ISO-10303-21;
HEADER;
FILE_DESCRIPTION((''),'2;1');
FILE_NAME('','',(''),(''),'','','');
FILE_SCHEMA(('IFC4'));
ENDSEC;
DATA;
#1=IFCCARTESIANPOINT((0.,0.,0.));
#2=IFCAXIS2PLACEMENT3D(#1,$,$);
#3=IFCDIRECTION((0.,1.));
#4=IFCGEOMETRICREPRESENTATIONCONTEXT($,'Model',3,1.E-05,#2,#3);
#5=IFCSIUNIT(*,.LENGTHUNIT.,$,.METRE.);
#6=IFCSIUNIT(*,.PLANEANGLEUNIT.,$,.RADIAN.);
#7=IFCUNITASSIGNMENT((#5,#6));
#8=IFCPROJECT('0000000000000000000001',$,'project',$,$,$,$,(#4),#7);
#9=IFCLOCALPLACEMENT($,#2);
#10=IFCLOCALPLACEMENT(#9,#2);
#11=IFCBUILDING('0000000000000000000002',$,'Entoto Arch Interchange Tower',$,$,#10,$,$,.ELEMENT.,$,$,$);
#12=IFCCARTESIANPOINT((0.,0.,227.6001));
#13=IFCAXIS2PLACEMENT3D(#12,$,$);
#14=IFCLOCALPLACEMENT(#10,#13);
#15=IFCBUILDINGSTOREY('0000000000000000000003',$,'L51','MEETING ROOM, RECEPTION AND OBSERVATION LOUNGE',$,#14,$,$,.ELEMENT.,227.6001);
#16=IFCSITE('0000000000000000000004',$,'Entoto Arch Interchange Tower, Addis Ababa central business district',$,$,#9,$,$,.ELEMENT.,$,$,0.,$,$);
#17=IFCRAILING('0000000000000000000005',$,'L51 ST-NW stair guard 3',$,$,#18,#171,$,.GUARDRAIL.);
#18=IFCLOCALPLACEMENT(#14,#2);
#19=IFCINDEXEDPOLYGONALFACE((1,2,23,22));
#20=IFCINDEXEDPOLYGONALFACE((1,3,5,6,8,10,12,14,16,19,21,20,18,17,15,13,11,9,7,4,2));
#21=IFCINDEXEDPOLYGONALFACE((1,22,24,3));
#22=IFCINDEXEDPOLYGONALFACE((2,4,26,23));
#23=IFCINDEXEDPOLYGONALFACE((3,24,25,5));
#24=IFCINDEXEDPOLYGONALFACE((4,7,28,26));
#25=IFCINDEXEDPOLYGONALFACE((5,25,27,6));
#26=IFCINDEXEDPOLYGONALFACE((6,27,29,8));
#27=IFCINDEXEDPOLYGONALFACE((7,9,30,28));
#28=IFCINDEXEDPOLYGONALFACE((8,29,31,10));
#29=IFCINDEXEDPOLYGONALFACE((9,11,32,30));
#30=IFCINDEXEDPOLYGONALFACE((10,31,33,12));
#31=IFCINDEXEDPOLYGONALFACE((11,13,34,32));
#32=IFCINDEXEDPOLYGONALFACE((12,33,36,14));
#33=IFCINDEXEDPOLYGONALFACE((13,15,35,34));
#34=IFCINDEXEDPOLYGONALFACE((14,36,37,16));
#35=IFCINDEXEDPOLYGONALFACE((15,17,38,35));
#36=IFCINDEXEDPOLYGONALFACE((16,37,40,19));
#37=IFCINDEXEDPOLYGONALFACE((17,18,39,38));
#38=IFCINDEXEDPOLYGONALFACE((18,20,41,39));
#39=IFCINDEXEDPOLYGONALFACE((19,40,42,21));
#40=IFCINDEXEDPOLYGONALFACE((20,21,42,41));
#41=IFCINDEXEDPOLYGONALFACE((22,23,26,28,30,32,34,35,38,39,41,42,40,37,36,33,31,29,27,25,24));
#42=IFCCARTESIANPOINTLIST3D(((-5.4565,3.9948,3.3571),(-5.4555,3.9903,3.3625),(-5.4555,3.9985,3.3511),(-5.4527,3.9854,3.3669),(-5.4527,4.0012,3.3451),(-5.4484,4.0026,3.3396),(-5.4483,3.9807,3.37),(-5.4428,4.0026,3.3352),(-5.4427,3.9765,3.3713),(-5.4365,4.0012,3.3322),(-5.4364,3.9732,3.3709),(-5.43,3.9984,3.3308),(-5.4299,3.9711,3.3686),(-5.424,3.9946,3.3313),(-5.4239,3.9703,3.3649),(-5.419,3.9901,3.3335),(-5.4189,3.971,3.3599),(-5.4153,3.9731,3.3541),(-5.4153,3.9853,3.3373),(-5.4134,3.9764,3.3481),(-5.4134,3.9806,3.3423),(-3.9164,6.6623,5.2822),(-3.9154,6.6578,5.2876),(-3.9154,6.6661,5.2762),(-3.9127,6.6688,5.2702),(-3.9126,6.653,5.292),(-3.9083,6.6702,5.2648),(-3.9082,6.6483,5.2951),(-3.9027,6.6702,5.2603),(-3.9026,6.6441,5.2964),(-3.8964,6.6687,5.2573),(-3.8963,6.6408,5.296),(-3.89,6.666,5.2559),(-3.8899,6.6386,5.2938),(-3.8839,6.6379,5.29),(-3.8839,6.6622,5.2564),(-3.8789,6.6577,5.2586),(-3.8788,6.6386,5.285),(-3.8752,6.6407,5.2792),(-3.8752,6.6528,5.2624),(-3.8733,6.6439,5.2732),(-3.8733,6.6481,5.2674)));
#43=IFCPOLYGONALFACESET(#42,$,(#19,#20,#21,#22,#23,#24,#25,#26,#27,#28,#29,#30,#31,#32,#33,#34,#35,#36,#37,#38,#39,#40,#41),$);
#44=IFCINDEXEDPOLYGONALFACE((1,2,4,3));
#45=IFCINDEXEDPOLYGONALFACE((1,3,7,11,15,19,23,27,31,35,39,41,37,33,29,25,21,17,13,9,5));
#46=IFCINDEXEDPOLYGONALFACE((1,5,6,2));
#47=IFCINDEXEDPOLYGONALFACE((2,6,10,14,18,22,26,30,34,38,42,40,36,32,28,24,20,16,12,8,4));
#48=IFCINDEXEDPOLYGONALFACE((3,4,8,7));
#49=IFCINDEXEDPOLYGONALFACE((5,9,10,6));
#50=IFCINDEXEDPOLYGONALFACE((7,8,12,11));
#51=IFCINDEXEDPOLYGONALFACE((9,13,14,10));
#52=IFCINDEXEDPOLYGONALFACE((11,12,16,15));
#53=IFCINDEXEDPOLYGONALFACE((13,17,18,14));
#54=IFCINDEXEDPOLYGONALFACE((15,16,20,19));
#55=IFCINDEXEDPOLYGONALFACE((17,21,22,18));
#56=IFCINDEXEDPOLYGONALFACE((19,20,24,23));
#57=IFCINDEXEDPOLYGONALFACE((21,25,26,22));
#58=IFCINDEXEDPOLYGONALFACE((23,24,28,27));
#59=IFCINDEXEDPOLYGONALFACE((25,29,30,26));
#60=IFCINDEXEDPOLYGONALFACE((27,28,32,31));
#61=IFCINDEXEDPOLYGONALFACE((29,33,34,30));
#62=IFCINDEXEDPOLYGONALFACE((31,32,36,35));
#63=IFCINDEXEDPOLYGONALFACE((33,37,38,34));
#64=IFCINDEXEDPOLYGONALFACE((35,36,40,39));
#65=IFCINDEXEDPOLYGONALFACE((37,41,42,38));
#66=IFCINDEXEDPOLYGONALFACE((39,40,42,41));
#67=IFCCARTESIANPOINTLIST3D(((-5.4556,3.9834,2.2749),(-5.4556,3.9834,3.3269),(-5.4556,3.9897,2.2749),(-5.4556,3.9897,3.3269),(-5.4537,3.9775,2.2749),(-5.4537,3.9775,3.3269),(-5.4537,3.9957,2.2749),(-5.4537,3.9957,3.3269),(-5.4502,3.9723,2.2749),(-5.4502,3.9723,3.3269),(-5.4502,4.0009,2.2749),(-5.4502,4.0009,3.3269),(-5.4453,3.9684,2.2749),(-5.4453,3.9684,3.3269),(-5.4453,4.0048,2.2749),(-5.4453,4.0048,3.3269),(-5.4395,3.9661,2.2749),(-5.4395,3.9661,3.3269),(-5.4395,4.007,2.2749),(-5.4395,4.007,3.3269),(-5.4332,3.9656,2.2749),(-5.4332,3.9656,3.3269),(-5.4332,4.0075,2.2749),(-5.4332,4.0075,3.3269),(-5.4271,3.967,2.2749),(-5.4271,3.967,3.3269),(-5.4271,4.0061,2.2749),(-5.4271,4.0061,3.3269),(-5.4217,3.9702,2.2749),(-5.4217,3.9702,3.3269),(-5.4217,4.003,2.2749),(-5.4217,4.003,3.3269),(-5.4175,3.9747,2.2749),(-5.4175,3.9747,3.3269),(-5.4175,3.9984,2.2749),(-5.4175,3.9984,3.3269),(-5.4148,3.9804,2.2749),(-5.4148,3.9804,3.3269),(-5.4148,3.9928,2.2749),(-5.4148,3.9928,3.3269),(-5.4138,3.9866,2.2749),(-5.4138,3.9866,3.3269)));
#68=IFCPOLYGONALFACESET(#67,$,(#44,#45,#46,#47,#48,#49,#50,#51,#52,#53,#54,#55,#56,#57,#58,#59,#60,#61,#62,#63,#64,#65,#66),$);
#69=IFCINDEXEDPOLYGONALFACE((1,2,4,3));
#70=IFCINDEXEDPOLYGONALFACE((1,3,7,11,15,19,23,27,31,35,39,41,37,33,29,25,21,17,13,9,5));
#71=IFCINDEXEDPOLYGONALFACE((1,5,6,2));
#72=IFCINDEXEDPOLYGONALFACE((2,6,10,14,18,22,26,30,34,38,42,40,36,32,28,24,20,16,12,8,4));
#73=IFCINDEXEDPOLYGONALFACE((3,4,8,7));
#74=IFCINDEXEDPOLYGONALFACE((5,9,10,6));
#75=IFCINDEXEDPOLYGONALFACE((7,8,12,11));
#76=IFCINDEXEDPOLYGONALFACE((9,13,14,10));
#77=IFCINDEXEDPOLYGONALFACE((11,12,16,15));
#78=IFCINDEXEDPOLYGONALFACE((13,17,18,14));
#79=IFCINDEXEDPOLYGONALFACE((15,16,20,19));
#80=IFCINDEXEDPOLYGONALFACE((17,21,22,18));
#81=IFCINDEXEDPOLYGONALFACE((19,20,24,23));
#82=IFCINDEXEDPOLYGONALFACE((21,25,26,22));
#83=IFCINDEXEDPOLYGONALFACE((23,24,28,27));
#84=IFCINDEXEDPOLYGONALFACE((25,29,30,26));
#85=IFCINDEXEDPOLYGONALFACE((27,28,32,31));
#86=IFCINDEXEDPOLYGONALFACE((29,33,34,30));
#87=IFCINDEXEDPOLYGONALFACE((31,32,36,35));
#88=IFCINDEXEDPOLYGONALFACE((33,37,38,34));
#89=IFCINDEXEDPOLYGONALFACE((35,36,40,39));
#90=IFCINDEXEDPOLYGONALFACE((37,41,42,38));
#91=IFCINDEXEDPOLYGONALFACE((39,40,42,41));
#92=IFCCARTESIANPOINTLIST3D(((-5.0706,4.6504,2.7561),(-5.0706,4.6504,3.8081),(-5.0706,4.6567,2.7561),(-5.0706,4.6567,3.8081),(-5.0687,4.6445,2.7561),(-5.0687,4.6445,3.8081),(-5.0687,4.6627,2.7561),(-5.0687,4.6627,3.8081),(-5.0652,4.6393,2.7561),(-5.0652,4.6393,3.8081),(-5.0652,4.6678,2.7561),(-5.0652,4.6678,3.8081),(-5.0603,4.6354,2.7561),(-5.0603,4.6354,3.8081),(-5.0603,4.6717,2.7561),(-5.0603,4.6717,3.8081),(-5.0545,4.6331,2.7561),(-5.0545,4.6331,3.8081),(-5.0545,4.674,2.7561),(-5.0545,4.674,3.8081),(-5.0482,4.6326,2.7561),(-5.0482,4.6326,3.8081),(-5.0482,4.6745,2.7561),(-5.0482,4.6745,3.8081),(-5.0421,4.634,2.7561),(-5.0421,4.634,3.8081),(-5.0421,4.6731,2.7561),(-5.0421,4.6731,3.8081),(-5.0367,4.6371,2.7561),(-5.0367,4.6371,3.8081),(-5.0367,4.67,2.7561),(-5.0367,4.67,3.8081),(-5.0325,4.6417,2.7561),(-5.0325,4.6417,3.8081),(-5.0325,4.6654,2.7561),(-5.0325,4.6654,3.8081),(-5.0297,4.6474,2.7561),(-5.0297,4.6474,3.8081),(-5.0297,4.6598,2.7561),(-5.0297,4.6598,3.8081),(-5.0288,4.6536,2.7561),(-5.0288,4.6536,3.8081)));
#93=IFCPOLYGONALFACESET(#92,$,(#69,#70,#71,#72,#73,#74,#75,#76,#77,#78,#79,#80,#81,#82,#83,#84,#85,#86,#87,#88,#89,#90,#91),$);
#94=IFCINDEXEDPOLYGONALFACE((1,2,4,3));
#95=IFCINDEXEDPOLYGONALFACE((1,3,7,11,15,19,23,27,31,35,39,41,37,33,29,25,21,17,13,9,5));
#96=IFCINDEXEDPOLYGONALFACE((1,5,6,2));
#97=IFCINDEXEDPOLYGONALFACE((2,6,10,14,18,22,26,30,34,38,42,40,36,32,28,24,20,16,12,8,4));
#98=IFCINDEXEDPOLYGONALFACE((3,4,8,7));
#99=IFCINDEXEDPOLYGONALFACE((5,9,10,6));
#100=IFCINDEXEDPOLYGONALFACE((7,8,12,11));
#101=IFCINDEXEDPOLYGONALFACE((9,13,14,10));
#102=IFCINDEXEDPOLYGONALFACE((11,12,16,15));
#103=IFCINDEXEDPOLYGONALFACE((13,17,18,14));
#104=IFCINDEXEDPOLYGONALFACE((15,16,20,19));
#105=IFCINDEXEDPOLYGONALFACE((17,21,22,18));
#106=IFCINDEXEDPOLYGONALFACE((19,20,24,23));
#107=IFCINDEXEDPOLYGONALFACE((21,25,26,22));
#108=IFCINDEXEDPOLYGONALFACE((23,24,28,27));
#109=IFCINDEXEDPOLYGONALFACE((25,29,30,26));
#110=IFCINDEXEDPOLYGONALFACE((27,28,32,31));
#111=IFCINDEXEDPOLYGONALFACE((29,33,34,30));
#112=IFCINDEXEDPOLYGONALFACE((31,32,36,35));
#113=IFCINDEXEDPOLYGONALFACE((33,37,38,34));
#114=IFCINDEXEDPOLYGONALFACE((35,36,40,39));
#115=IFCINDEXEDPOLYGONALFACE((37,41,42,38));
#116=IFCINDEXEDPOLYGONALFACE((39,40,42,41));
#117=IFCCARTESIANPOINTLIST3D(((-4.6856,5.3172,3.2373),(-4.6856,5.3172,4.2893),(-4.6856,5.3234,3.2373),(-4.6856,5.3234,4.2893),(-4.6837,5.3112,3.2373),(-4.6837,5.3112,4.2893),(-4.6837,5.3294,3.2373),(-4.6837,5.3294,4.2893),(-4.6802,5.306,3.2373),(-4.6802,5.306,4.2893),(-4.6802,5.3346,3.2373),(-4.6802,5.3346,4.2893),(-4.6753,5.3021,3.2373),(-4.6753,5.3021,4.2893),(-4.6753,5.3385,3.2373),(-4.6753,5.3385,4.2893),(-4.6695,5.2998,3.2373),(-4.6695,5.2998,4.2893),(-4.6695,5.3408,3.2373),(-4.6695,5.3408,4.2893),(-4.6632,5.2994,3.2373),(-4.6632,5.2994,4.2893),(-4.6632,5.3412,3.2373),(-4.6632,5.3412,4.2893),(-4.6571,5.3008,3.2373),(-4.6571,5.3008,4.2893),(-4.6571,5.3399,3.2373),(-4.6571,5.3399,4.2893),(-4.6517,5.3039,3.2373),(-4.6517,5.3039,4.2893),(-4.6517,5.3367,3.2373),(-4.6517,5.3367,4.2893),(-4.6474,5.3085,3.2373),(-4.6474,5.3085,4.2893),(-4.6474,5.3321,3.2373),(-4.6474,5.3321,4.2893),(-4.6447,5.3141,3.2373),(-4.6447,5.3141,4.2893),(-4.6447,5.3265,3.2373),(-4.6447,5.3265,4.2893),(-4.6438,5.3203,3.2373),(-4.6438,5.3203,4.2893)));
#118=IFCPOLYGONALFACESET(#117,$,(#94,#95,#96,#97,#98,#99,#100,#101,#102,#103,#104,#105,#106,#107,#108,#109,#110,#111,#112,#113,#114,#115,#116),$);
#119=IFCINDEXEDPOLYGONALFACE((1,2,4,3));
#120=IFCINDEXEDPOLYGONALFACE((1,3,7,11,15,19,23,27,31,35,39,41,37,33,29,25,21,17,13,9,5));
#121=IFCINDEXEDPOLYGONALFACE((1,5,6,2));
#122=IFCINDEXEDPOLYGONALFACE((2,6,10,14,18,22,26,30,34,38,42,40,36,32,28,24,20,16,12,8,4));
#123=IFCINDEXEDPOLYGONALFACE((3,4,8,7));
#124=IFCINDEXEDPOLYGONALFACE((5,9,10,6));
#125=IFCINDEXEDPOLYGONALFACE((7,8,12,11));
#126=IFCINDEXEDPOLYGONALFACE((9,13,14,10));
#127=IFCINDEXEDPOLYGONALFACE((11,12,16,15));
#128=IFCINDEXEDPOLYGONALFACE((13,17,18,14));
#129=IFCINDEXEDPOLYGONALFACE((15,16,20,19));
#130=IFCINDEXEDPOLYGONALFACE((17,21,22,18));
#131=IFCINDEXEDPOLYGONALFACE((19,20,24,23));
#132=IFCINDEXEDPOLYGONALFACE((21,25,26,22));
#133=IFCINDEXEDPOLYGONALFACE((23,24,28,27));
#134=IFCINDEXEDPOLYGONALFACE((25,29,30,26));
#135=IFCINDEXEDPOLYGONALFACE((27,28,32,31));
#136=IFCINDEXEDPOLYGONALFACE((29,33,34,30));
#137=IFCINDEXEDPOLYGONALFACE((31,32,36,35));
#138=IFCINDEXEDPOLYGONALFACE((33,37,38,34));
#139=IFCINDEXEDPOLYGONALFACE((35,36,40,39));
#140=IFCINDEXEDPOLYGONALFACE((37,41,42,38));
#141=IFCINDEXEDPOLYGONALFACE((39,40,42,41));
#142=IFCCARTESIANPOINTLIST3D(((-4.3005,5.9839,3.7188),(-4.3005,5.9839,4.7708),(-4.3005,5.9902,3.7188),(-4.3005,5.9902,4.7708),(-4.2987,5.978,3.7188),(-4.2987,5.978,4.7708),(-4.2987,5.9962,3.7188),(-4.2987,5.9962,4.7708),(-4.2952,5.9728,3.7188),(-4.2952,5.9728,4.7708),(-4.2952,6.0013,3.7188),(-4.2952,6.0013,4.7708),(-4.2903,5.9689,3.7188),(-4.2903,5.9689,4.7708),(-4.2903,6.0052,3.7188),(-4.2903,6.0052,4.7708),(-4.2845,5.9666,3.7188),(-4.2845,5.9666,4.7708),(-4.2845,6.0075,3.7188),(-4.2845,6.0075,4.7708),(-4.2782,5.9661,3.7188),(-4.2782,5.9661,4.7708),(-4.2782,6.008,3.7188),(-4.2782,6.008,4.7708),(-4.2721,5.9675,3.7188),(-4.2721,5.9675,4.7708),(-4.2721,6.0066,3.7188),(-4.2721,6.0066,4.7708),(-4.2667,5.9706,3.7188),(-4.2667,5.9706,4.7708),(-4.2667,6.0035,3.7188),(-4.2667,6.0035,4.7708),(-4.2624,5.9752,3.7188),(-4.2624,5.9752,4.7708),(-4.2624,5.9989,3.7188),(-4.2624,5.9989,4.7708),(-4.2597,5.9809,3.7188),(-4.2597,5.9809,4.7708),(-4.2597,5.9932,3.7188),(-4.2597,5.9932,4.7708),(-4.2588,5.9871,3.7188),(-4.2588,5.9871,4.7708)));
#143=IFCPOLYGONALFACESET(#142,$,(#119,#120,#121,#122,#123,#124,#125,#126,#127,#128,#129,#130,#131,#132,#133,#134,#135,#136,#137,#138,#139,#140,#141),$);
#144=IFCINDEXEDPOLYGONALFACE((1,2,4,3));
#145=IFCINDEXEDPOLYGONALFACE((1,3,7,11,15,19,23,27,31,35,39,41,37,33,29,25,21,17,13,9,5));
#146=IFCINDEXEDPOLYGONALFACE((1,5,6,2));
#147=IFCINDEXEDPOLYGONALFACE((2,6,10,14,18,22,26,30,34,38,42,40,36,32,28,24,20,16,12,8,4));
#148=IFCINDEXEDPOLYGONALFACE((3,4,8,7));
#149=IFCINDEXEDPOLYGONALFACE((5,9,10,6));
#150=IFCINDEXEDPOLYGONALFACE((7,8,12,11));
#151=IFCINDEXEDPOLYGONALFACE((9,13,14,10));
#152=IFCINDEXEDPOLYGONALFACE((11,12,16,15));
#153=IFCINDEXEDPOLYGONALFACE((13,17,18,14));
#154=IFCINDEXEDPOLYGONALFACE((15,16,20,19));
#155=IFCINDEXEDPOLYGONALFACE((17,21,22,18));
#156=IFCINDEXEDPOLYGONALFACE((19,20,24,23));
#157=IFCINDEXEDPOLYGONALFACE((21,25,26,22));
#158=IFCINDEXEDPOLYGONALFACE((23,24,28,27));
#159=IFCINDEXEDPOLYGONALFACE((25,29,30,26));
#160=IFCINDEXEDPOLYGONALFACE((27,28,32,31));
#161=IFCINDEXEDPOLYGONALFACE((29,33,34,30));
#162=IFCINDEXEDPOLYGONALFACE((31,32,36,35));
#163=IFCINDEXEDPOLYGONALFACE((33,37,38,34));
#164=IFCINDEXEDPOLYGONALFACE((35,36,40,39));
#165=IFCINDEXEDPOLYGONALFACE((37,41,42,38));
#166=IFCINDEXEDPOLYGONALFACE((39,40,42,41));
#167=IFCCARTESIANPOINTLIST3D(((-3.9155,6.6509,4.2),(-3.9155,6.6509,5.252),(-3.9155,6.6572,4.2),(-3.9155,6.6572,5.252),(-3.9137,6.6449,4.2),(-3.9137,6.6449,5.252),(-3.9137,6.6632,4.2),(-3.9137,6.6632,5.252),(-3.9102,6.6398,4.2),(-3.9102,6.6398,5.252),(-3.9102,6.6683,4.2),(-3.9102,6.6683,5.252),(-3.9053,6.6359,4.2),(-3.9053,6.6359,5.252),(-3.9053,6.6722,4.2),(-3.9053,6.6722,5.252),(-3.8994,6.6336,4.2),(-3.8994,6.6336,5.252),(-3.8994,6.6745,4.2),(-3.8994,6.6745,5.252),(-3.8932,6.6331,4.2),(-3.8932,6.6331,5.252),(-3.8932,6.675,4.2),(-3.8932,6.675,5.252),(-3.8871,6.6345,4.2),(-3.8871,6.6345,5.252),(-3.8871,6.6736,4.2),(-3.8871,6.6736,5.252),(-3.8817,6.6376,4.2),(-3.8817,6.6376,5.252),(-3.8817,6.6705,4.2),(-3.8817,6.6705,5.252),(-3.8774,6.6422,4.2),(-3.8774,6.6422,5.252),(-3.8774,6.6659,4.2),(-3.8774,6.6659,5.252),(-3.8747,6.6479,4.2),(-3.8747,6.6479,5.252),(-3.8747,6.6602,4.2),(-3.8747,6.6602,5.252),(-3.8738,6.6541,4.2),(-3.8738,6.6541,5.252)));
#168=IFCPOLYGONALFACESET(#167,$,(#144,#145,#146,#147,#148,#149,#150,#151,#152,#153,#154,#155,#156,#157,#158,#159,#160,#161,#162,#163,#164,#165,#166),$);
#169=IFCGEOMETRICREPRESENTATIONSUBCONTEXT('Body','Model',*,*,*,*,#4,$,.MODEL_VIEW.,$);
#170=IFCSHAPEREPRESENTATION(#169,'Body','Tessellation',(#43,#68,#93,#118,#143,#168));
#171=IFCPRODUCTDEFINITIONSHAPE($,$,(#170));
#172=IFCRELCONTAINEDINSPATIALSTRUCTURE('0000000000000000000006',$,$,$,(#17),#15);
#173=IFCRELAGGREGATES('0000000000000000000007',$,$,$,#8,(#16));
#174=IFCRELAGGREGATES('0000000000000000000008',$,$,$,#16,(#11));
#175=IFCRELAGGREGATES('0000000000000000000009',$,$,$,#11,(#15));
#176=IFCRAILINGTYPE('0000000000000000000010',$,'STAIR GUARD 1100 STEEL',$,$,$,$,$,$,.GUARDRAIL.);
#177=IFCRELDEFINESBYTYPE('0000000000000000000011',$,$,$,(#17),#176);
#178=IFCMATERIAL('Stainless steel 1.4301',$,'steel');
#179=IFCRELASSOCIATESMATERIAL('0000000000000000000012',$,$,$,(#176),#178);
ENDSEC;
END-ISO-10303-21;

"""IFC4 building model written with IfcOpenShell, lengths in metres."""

from ifc_helpers import new_model, si_unit, direction, frame, origin, origin_2d, place, context, subcontext, project, spatial, circle, extrude, material, type_object, element, save


model = new_model("IFC4")

# Units and contexts
model_context = context("Model", 3, precision=1e-05, world=origin(), true_north=direction((0.0, 1.0)))
body_context = subcontext(model_context, "Body", "Model", "MODEL_VIEW")
ifc_project = project(units=[si_unit("LENGTHUNIT", "METRE"), si_unit("PLANEANGLEUNIT", "RADIAN")], contexts=[model_context])

# Site, building, storey
site_placement = place(None, origin())
site = spatial("IfcSite", under=ifc_project, at=site_placement, Name="Entoto Arch Interchange Tower, Addis Ababa central business district", CompositionType="ELEMENT", RefElevation=0.0)
building_placement = place(site_placement, origin())
building = spatial("IfcBuilding", under=site, at=building_placement, Name="Entoto Arch Interchange Tower", CompositionType="ELEMENT")
storey_placement = place(building_placement, frame((0.0, 0.0, 227.6001)))
storey = spatial("IfcBuildingStorey", under=building, at=storey_placement, Name="L51", Description="MEETING ROOM, RECEPTION AND OBSERVATION LOUNGE", CompositionType="ELEMENT", Elevation=227.6001)

# Railing
ifc_material_1 = material(Name="Stainless steel 1.4301", Category="steel")
railing_type = type_object("IfcRailingType", Name="STAIR GUARD 1100 STEEL", PredefinedType="GUARDRAIL", material=ifc_material_1)
railing_1_placement = place(storey_placement, frame((-5.4348, 3.9866, 2.2749)))
element("IfcRailing", 1, at=railing_1_placement, inside=storey, type_object=railing_type, Name="L51 ST-NW stair guard 3", PredefinedType="GUARDRAIL", context=body_context, shape_type="SweptSolid", body=[
    extrude(circle(Radius=0.0239, at=origin_2d()), frame((0.0, 0.0, 1.0762), z_axis=(0.423994, 0.734395, 0.529993), x_axis=(-0.86603, 0.499992, 0.0)), (0.0, 0.0, 1.0), 3.6323),
    extrude(circle(Radius=0.021, at=origin_2d()), origin(), (0.0, 0.0, 1.0), 1.052),
    extrude(circle(Radius=0.021, at=origin_2d()), frame((0.385, 0.667, 0.4812)), (0.0, 0.0, 1.0), 1.052),
    extrude(circle(Radius=0.021, at=origin_2d()), frame((0.77, 1.3337, 0.9624)), (0.0, 0.0, 1.0), 1.052),
    extrude(circle(Radius=0.021, at=origin_2d()), frame((1.155, 2.0005, 1.4438)), (0.0, 0.0, 1.0), 1.052),
    extrude(circle(Radius=0.021, at=origin_2d()), frame((1.54, 2.6675, 1.925)), (0.0, 0.0, 1.0), 1.052),
])

save(model, "model.ifc")
